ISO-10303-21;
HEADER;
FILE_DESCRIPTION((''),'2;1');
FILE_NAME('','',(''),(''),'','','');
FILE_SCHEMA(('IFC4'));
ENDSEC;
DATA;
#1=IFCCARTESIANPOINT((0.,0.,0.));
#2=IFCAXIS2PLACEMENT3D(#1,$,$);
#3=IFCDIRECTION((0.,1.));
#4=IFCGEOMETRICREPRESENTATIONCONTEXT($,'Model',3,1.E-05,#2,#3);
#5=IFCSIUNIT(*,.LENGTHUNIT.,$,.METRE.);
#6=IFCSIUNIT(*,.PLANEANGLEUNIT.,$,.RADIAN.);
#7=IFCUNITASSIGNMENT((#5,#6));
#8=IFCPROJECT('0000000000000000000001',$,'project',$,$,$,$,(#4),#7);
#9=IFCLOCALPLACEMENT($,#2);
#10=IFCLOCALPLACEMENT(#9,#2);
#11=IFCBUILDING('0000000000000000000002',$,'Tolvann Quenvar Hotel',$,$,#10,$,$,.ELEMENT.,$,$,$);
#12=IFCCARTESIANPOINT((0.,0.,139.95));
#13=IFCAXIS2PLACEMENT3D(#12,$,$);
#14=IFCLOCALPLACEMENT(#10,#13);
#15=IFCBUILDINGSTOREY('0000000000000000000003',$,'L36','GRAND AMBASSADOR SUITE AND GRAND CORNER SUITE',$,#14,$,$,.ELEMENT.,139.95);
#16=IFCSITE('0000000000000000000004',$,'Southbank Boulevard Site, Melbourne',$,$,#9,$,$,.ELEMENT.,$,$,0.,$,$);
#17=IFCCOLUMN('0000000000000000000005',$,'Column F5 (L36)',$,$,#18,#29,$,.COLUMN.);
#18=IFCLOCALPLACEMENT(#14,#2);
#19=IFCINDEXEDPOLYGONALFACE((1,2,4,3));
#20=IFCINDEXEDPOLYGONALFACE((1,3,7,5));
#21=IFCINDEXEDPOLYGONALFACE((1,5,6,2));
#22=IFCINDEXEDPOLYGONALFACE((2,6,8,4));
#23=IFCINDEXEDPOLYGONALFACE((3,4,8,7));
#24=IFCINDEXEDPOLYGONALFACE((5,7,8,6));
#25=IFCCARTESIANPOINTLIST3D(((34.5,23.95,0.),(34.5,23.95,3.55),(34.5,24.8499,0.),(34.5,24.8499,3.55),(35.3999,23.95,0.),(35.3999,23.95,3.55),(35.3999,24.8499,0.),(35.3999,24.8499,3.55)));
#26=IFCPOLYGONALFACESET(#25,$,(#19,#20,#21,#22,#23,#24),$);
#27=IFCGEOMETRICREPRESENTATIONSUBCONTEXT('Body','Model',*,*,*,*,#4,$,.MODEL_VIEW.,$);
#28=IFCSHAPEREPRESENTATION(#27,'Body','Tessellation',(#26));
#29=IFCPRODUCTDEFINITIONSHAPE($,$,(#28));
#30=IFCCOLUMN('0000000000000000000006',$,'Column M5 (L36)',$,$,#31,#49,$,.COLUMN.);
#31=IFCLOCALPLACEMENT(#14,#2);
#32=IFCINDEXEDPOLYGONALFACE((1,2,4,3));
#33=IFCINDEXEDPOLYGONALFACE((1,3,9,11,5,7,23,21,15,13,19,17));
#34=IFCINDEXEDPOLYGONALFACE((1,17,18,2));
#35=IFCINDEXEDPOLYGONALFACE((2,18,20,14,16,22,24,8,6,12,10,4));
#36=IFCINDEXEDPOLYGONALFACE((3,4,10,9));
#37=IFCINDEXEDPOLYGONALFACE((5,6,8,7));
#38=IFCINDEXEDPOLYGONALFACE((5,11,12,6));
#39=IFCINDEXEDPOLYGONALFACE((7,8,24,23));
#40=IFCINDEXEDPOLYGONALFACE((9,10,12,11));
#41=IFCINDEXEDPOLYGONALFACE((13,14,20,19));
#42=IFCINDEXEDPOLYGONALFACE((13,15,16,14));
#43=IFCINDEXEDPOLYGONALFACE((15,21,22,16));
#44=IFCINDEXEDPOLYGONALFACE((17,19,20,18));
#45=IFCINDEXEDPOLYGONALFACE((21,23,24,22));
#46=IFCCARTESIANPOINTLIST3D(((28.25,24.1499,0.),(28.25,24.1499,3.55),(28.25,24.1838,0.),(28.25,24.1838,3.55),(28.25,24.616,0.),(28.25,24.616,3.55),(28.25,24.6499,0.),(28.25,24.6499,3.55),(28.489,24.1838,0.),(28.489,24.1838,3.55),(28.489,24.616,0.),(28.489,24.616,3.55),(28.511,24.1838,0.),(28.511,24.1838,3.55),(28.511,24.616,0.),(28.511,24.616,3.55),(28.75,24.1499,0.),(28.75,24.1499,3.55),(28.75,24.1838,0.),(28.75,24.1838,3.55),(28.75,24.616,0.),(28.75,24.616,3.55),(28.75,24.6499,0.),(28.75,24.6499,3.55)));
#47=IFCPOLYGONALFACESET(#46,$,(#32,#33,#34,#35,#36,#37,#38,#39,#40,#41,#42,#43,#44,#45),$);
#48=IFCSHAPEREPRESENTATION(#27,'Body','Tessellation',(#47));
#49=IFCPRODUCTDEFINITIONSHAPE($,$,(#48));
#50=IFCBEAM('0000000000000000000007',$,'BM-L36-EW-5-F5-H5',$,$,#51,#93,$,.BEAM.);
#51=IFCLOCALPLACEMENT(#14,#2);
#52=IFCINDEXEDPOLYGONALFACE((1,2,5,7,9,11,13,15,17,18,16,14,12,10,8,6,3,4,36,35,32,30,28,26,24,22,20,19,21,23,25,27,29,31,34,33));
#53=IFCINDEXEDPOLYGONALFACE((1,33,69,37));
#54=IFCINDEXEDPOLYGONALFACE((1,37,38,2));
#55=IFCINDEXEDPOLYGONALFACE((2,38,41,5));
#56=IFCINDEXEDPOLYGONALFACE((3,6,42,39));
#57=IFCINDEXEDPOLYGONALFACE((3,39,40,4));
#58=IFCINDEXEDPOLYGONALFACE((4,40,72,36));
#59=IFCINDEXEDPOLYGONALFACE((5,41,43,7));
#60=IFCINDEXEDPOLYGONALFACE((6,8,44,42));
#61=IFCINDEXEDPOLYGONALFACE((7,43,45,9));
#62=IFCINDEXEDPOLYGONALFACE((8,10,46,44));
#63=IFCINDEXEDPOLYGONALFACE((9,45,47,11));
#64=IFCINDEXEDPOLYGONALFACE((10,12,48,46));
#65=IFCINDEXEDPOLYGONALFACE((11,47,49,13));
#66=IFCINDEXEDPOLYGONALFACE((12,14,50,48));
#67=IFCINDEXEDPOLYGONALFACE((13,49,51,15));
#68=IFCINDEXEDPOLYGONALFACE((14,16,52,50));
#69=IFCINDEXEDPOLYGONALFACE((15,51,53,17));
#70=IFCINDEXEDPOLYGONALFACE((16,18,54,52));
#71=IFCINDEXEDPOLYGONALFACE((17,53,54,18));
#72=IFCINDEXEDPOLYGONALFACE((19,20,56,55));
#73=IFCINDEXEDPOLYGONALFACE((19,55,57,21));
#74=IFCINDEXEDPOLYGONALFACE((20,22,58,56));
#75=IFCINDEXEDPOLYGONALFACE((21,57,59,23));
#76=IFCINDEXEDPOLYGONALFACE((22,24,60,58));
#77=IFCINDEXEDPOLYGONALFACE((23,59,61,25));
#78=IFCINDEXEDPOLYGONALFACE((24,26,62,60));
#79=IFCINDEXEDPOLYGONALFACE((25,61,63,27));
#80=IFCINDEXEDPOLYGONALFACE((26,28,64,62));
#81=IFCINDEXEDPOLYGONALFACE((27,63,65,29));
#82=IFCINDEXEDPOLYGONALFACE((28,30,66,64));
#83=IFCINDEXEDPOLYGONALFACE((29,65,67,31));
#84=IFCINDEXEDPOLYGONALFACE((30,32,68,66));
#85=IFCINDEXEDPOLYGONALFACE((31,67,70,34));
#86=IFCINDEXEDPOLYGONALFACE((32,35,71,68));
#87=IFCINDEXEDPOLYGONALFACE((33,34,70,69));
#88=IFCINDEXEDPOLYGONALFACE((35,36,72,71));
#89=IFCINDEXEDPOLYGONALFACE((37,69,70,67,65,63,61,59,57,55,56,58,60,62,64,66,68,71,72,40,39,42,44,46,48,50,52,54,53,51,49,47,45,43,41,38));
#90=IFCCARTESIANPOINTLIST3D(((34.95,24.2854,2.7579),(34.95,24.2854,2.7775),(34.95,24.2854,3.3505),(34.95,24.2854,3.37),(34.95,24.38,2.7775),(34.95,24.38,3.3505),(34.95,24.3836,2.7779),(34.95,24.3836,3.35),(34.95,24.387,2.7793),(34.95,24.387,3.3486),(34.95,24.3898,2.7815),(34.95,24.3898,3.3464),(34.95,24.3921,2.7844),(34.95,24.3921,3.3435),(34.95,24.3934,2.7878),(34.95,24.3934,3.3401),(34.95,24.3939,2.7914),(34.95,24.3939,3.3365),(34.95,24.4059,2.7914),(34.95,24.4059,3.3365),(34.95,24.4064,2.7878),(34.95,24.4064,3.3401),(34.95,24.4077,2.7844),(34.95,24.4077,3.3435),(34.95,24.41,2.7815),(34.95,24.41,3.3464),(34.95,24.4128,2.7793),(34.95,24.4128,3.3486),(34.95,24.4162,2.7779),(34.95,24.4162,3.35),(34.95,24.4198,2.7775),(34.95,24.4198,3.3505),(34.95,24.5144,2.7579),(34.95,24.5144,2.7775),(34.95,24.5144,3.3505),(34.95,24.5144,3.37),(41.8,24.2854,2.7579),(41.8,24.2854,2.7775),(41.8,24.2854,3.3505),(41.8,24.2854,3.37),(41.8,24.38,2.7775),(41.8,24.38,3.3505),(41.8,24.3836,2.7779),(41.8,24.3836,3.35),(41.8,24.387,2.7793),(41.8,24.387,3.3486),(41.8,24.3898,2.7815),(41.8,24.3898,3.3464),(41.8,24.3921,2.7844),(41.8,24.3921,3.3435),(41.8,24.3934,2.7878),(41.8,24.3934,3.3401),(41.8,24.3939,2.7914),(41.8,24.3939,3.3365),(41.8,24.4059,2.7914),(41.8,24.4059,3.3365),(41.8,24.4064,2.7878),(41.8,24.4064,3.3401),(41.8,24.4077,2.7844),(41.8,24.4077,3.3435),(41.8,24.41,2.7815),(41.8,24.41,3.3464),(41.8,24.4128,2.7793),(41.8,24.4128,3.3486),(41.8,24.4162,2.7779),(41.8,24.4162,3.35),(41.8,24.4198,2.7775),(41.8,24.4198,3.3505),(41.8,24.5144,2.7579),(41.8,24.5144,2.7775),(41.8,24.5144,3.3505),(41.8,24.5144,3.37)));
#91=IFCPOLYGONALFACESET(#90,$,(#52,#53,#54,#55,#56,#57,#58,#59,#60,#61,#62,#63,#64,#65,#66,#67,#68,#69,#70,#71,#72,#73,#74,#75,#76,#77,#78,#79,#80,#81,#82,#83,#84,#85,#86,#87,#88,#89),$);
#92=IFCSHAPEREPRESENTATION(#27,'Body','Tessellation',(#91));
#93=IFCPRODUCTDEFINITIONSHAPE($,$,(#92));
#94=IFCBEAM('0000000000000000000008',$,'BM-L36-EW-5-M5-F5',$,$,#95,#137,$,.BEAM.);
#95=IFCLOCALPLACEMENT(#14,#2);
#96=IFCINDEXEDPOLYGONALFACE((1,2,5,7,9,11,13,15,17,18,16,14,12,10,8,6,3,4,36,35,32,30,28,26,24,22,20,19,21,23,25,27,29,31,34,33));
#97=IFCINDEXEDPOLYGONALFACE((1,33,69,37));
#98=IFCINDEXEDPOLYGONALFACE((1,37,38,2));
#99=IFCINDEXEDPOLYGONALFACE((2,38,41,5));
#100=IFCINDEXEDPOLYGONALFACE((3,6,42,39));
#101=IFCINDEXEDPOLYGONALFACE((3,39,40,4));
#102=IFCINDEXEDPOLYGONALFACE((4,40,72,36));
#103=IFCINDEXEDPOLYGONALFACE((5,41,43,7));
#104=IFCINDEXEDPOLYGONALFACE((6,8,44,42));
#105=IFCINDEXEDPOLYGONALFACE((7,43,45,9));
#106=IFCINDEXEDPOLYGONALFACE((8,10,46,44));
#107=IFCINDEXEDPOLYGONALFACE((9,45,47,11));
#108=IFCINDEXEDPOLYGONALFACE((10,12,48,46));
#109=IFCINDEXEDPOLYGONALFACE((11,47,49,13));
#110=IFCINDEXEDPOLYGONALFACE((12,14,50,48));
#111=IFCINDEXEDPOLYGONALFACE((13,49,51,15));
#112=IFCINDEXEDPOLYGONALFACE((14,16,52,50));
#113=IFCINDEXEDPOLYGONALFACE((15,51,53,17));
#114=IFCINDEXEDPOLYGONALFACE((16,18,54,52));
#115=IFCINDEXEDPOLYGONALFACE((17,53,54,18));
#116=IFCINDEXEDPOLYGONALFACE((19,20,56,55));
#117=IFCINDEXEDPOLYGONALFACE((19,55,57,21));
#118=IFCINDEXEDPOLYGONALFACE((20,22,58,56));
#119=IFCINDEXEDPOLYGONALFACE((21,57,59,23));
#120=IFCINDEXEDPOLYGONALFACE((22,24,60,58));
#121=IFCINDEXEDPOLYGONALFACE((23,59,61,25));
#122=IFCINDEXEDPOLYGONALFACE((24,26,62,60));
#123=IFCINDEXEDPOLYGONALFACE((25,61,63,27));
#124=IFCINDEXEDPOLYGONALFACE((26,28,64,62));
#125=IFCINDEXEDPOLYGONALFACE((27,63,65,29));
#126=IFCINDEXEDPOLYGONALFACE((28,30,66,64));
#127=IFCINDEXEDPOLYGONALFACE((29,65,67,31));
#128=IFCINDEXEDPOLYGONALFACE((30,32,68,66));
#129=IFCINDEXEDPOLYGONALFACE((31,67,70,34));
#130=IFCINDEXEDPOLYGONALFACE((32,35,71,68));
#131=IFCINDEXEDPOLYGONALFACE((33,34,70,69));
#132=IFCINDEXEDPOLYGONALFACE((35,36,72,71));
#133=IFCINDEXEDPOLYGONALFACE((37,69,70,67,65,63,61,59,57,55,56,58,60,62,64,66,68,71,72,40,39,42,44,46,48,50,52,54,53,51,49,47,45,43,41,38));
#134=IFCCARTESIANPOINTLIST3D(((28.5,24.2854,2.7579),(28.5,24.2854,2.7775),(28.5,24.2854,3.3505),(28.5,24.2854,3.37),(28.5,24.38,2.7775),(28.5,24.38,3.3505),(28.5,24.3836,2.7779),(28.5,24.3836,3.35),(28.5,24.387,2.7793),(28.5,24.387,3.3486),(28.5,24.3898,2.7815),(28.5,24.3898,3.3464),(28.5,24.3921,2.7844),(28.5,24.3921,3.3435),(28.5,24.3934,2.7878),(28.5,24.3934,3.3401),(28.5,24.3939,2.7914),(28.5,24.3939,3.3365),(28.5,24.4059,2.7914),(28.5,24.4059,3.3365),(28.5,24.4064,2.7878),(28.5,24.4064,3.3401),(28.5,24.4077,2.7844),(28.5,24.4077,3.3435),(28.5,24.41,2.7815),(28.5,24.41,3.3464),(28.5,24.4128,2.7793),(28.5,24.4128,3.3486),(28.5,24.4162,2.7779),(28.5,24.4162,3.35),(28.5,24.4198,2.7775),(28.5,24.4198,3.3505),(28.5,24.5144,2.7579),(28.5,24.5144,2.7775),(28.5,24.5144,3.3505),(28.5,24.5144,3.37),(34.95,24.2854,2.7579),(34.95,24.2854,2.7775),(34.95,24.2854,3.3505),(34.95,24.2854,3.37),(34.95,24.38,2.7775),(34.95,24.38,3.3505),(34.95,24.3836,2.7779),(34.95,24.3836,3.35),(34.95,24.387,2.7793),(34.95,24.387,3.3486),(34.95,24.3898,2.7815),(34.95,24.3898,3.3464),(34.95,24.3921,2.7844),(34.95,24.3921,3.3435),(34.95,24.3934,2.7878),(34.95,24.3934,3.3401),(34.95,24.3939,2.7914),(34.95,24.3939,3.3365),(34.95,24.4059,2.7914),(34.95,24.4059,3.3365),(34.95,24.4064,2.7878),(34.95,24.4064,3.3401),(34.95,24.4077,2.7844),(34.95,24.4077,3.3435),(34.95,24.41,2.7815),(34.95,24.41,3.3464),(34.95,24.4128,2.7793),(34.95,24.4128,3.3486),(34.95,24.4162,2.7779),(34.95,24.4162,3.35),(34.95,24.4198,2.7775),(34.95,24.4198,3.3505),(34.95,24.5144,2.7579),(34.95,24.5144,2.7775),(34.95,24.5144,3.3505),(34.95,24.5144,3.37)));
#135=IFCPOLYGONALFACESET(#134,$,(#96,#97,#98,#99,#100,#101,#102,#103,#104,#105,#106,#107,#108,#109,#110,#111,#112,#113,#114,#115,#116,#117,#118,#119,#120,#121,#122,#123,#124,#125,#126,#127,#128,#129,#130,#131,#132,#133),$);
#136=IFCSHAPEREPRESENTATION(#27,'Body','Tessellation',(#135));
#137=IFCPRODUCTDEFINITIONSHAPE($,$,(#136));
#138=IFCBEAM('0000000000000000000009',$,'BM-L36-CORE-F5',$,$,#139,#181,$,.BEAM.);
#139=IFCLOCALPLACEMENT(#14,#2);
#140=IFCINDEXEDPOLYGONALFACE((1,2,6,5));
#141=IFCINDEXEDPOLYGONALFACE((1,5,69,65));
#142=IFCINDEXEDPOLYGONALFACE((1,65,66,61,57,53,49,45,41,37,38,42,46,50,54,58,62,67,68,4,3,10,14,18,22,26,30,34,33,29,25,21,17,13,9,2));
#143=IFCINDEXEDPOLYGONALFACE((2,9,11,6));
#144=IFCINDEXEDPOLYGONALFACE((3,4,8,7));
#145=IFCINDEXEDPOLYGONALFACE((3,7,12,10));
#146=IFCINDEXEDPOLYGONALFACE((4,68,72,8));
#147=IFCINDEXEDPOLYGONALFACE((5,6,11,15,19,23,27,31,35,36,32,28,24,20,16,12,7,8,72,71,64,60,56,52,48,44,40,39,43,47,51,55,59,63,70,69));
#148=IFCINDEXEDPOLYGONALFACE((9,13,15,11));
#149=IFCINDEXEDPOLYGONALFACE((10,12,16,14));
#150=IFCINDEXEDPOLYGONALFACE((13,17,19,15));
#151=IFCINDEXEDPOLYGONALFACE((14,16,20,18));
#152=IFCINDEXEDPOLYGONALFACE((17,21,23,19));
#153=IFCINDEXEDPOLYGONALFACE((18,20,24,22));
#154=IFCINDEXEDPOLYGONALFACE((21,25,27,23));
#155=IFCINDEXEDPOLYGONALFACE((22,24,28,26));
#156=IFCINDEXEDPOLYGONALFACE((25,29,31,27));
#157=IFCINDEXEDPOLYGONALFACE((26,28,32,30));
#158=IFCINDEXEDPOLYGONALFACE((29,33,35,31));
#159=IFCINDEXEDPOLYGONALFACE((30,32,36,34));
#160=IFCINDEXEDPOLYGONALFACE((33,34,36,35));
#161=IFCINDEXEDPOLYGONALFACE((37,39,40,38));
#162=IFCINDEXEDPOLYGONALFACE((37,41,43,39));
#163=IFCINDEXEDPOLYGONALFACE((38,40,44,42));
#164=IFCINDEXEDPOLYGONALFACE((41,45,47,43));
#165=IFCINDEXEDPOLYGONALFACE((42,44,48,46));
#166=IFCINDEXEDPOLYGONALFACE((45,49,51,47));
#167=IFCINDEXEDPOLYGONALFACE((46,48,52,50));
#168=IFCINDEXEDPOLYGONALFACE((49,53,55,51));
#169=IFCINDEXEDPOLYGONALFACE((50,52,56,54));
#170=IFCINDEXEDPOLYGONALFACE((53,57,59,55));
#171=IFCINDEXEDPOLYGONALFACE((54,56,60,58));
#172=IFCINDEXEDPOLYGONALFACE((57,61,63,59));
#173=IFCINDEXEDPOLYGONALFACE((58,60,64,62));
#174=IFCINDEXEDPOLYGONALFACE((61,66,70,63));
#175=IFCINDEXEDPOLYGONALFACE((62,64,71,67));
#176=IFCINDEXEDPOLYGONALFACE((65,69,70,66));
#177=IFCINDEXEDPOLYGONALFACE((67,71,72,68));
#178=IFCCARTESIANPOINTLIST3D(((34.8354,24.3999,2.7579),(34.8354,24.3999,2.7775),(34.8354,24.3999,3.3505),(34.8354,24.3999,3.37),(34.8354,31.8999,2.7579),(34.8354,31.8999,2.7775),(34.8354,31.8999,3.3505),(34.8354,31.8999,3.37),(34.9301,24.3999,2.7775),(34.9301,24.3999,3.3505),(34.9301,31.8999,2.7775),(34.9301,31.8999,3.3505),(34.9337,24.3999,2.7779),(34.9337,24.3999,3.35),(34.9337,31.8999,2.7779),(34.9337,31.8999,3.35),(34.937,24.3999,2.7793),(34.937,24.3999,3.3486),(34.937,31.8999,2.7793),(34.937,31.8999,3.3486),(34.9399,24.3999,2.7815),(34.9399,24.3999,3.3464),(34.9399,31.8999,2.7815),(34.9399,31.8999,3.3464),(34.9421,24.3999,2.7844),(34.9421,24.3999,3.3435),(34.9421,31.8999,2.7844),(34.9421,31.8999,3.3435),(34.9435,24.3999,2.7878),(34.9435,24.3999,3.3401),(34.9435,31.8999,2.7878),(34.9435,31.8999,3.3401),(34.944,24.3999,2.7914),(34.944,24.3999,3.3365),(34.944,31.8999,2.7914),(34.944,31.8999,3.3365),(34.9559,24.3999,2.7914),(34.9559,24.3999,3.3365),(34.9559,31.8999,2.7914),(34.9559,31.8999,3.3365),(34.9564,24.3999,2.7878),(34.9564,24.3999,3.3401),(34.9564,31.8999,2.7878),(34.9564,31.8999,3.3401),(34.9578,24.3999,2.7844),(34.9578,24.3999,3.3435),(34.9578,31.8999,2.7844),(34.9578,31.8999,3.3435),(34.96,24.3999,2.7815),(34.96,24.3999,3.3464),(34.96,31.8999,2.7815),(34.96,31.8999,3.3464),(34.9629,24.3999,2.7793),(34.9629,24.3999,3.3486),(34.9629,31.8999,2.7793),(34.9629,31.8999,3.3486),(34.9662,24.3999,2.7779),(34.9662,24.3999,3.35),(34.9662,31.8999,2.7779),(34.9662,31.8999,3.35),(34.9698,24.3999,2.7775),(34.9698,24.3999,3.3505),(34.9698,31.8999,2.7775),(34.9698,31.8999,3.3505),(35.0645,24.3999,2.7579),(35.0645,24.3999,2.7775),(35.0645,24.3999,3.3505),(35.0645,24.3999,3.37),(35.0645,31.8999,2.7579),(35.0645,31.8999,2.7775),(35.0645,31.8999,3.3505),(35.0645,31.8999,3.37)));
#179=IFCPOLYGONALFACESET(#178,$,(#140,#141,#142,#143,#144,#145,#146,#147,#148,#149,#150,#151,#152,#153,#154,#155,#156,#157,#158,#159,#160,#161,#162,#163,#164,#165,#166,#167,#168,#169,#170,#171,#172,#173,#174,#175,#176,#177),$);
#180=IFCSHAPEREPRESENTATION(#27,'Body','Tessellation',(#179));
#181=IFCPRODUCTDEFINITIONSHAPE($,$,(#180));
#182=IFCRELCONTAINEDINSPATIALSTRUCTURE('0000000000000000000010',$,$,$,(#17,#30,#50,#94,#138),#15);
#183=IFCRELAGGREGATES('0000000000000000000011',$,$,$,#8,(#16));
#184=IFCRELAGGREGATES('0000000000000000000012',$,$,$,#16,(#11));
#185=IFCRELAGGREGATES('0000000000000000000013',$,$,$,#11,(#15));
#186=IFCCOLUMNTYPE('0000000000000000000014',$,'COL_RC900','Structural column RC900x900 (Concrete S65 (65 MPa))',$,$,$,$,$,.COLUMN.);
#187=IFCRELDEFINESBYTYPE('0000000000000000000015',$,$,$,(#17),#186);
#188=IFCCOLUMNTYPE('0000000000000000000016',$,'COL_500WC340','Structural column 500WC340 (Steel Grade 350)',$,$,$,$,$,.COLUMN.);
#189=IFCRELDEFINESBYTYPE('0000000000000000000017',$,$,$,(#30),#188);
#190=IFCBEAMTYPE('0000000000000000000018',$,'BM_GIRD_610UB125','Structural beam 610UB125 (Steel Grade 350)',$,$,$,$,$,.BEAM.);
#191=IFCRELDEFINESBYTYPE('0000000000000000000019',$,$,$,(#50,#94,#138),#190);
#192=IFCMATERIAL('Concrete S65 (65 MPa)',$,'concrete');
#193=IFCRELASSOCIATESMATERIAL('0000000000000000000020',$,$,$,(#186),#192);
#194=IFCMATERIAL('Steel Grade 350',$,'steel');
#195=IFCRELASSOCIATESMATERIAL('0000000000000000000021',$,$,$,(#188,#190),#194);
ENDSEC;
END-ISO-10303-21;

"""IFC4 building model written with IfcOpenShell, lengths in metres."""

from ifc_helpers import new_model, si_unit, direction, frame, origin, origin_2d, place, context, subcontext, project, spatial, rectangle, i_section, extrude, source, transform, mapped, material, material_profile, profile_set, type_object, type_shapes, element, save


model = new_model("IFC4")

# Units and contexts
model_context = context("Model", 3, precision=1e-05, world=origin(), true_north=direction((0.0, 1.0)))
body_context = subcontext(model_context, "Body", "Model", "MODEL_VIEW")
ifc_project = project(units=[si_unit("LENGTHUNIT", "METRE"), si_unit("PLANEANGLEUNIT", "RADIAN")], contexts=[model_context])

# Site, building, storey
site_placement = place(None, origin())
site = spatial("IfcSite", under=ifc_project, at=site_placement, Name="Southbank Boulevard Site, Melbourne", CompositionType="ELEMENT", RefElevation=0.0)
building_placement = place(site_placement, origin())
building = spatial("IfcBuilding", under=site, at=building_placement, Name="Tolvann Quenvar Hotel", CompositionType="ELEMENT")
storey_placement = place(building_placement, frame((0.0, 0.0, 139.95)))
storey = spatial("IfcBuildingStorey", under=building, at=storey_placement, Name="L36", Description="GRAND AMBASSADOR SUITE AND GRAND CORNER SUITE", CompositionType="ELEMENT", Elevation=139.95)

# Columns
ifc_material_1 = material(Name="Concrete S65 (65 MPa)", Category="concrete")
ifc_material_profile_1 = material_profile(ifc_material_1, rectangle(XDim=0.8999, YDim=0.8999, at=origin_2d()), Name="RC900x900")
ifc_profile_set_1 = profile_set([ifc_material_profile_1], Name="Concrete S65 (65 MPa)")
column_type_1 = type_object("IfcColumnType", Name="COL_RC900", Description="Structural column RC900x900 (Concrete S65 (65 MPa))", PredefinedType="COLUMN", material=ifc_profile_set_1)
shared_shape_1 = source(origin(), body_context, "Body", "SweptSolid", [
    extrude(rectangle(XDim=0.8999, YDim=0.8999, at=origin_2d()), origin(), (0.0, 0.0, 1.0), 3.55),
])
type_shapes(column_type_1, [shared_shape_1])
column_1_placement = place(storey_placement, frame((34.95, 24.3999, 0.0), z_axis=(0.0, 0.0, 1.0), x_axis=(1.0, 0.0, 0.0)))
element("IfcColumn", 1, at=column_1_placement, inside=storey, type_object=column_type_1, Name="Column F5 (L36)", PredefinedType="COLUMN", context=body_context, shape_type="MappedRepresentation", body=[
    mapped(shared_shape_1, transform((0.0, 0.0, 0.0), x_axis=(1.0, 0.0, 0.0), y_axis=(0.0, 1.0, 0.0), z_axis=(0.0, 0.0, 1.0), scale=1.0)),
])
ifc_material_2 = material(Name="Steel Grade 350", Category="steel")
ifc_material_profile_2 = material_profile(ifc_material_2, i_section(OverallWidth=0.5, OverallDepth=0.5, WebThickness=0.022, FlangeThickness=0.0339, at=origin_2d()), Name="500WC340")
ifc_profile_set_2 = profile_set([ifc_material_profile_2], Name="Steel Grade 350")
column_type_2 = type_object("IfcColumnType", Name="COL_500WC340", Description="Structural column 500WC340 (Steel Grade 350)", PredefinedType="COLUMN", material=ifc_profile_set_2)
shared_shape_2 = source(origin(), body_context, "Body", "SweptSolid", [
    extrude(i_section(OverallWidth=0.5, OverallDepth=0.5, WebThickness=0.022, FlangeThickness=0.0339, at=origin_2d()), origin(), (0.0, 0.0, 1.0), 3.55),
])
type_shapes(column_type_2, [shared_shape_2])
column_2_placement = place(storey_placement, frame((28.5, 24.3999, 0.0), z_axis=(0.0, 0.0, 1.0), x_axis=(1.0, 0.0, 0.0)))
element("IfcColumn", 2, at=column_2_placement, inside=storey, type_object=column_type_2, Name="Column M5 (L36)", PredefinedType="COLUMN", context=body_context, shape_type="MappedRepresentation", body=[
    mapped(shared_shape_2, transform((0.0, 0.0, 0.0), x_axis=(1.0, 0.0, 0.0), y_axis=(0.0, 1.0, 0.0), z_axis=(0.0, 0.0, 1.0), scale=1.0)),
])

# Beams
ifc_material_profile_3 = material_profile(ifc_material_2, i_section(OverallWidth=0.229, OverallDepth=0.6121, WebThickness=0.012, FlangeThickness=0.0195, FilletRadius=0.0139, at=origin_2d()), Name="610UB125")
ifc_profile_set_3 = profile_set([ifc_material_profile_3], Name="Steel Grade 350")
beam_type = type_object("IfcBeamType", Name="BM_GIRD_610UB125", Description="Structural beam 610UB125 (Steel Grade 350)", PredefinedType="BEAM", material=ifc_profile_set_3)
shared_shape_3 = source(origin(), body_context, "Body", "SweptSolid", [
    extrude(i_section(OverallWidth=0.229, OverallDepth=0.6121, WebThickness=0.012, FlangeThickness=0.0195, FilletRadius=0.0139, at=origin_2d()), origin(), (0.0, 0.0, 1.0), 6.8501),
])
beam_1_placement = place(storey_placement, frame((34.95, 24.3999, 3.064), z_axis=(1.0, 0.0, 0.0), x_axis=(0.0, 1.0, 0.0)))
element("IfcBeam", 3, at=beam_1_placement, inside=storey, type_object=beam_type, Name="BM-L36-EW-5-F5-H5", PredefinedType="BEAM", context=body_context, shape_type="MappedRepresentation", body=[
    mapped(shared_shape_3, transform((0.0, 0.0, 0.0), x_axis=(1.0, 0.0, 0.0), y_axis=(0.0, 1.0, 0.0), z_axis=(0.0, 0.0, 1.0), scale=1.0)),
])
shared_shape_4 = source(origin(), body_context, "Body", "SweptSolid", [
    extrude(i_section(OverallWidth=0.229, OverallDepth=0.6121, WebThickness=0.012, FlangeThickness=0.0195, FilletRadius=0.0139, at=origin_2d()), origin(), (0.0, 0.0, 1.0), 6.45),
])
beam_2_placement = place(storey_placement, frame((28.5, 24.3999, 3.064), z_axis=(1.0, 0.0, 0.0), x_axis=(0.0, 1.0, 0.0)))
element("IfcBeam", 4, at=beam_2_placement, inside=storey, type_object=beam_type, Name="BM-L36-EW-5-M5-F5", PredefinedType="BEAM", context=body_context, shape_type="MappedRepresentation", body=[
    mapped(shared_shape_4, transform((0.0, 0.0, 0.0), x_axis=(1.0, 0.0, 0.0), y_axis=(0.0, 1.0, 0.0), z_axis=(0.0, 0.0, 1.0), scale=1.0)),
])
shared_shape_5 = source(origin(), body_context, "Body", "SweptSolid", [
    extrude(i_section(OverallWidth=0.229, OverallDepth=0.6121, WebThickness=0.012, FlangeThickness=0.0195, FilletRadius=0.0139, at=origin_2d()), origin(), (0.0, 0.0, 1.0), 7.5),
])
type_shapes(beam_type, [shared_shape_3, shared_shape_4, shared_shape_5])
for number, where, z_axis, x_axis, name in (
    (5, (34.95, 24.3999, 3.064), (0.0, 1.0, 0.0), (-1.0, 0.0, 0.0), "BM-L36-CORE-F5"),
):
    element("IfcBeam", number, at=place(storey_placement, frame(where, z_axis=z_axis, x_axis=x_axis)), inside=storey, type_object=beam_type, Name=name, PredefinedType="BEAM", context=body_context, shape_type="MappedRepresentation", body=[
        mapped(shared_shape_5, transform((0.0, 0.0, 0.0), x_axis=(1.0, 0.0, 0.0), y_axis=(0.0, 1.0, 0.0), z_axis=(0.0, 0.0, 1.0), scale=1.0)),
    ])

save(model, "model.ifc")
